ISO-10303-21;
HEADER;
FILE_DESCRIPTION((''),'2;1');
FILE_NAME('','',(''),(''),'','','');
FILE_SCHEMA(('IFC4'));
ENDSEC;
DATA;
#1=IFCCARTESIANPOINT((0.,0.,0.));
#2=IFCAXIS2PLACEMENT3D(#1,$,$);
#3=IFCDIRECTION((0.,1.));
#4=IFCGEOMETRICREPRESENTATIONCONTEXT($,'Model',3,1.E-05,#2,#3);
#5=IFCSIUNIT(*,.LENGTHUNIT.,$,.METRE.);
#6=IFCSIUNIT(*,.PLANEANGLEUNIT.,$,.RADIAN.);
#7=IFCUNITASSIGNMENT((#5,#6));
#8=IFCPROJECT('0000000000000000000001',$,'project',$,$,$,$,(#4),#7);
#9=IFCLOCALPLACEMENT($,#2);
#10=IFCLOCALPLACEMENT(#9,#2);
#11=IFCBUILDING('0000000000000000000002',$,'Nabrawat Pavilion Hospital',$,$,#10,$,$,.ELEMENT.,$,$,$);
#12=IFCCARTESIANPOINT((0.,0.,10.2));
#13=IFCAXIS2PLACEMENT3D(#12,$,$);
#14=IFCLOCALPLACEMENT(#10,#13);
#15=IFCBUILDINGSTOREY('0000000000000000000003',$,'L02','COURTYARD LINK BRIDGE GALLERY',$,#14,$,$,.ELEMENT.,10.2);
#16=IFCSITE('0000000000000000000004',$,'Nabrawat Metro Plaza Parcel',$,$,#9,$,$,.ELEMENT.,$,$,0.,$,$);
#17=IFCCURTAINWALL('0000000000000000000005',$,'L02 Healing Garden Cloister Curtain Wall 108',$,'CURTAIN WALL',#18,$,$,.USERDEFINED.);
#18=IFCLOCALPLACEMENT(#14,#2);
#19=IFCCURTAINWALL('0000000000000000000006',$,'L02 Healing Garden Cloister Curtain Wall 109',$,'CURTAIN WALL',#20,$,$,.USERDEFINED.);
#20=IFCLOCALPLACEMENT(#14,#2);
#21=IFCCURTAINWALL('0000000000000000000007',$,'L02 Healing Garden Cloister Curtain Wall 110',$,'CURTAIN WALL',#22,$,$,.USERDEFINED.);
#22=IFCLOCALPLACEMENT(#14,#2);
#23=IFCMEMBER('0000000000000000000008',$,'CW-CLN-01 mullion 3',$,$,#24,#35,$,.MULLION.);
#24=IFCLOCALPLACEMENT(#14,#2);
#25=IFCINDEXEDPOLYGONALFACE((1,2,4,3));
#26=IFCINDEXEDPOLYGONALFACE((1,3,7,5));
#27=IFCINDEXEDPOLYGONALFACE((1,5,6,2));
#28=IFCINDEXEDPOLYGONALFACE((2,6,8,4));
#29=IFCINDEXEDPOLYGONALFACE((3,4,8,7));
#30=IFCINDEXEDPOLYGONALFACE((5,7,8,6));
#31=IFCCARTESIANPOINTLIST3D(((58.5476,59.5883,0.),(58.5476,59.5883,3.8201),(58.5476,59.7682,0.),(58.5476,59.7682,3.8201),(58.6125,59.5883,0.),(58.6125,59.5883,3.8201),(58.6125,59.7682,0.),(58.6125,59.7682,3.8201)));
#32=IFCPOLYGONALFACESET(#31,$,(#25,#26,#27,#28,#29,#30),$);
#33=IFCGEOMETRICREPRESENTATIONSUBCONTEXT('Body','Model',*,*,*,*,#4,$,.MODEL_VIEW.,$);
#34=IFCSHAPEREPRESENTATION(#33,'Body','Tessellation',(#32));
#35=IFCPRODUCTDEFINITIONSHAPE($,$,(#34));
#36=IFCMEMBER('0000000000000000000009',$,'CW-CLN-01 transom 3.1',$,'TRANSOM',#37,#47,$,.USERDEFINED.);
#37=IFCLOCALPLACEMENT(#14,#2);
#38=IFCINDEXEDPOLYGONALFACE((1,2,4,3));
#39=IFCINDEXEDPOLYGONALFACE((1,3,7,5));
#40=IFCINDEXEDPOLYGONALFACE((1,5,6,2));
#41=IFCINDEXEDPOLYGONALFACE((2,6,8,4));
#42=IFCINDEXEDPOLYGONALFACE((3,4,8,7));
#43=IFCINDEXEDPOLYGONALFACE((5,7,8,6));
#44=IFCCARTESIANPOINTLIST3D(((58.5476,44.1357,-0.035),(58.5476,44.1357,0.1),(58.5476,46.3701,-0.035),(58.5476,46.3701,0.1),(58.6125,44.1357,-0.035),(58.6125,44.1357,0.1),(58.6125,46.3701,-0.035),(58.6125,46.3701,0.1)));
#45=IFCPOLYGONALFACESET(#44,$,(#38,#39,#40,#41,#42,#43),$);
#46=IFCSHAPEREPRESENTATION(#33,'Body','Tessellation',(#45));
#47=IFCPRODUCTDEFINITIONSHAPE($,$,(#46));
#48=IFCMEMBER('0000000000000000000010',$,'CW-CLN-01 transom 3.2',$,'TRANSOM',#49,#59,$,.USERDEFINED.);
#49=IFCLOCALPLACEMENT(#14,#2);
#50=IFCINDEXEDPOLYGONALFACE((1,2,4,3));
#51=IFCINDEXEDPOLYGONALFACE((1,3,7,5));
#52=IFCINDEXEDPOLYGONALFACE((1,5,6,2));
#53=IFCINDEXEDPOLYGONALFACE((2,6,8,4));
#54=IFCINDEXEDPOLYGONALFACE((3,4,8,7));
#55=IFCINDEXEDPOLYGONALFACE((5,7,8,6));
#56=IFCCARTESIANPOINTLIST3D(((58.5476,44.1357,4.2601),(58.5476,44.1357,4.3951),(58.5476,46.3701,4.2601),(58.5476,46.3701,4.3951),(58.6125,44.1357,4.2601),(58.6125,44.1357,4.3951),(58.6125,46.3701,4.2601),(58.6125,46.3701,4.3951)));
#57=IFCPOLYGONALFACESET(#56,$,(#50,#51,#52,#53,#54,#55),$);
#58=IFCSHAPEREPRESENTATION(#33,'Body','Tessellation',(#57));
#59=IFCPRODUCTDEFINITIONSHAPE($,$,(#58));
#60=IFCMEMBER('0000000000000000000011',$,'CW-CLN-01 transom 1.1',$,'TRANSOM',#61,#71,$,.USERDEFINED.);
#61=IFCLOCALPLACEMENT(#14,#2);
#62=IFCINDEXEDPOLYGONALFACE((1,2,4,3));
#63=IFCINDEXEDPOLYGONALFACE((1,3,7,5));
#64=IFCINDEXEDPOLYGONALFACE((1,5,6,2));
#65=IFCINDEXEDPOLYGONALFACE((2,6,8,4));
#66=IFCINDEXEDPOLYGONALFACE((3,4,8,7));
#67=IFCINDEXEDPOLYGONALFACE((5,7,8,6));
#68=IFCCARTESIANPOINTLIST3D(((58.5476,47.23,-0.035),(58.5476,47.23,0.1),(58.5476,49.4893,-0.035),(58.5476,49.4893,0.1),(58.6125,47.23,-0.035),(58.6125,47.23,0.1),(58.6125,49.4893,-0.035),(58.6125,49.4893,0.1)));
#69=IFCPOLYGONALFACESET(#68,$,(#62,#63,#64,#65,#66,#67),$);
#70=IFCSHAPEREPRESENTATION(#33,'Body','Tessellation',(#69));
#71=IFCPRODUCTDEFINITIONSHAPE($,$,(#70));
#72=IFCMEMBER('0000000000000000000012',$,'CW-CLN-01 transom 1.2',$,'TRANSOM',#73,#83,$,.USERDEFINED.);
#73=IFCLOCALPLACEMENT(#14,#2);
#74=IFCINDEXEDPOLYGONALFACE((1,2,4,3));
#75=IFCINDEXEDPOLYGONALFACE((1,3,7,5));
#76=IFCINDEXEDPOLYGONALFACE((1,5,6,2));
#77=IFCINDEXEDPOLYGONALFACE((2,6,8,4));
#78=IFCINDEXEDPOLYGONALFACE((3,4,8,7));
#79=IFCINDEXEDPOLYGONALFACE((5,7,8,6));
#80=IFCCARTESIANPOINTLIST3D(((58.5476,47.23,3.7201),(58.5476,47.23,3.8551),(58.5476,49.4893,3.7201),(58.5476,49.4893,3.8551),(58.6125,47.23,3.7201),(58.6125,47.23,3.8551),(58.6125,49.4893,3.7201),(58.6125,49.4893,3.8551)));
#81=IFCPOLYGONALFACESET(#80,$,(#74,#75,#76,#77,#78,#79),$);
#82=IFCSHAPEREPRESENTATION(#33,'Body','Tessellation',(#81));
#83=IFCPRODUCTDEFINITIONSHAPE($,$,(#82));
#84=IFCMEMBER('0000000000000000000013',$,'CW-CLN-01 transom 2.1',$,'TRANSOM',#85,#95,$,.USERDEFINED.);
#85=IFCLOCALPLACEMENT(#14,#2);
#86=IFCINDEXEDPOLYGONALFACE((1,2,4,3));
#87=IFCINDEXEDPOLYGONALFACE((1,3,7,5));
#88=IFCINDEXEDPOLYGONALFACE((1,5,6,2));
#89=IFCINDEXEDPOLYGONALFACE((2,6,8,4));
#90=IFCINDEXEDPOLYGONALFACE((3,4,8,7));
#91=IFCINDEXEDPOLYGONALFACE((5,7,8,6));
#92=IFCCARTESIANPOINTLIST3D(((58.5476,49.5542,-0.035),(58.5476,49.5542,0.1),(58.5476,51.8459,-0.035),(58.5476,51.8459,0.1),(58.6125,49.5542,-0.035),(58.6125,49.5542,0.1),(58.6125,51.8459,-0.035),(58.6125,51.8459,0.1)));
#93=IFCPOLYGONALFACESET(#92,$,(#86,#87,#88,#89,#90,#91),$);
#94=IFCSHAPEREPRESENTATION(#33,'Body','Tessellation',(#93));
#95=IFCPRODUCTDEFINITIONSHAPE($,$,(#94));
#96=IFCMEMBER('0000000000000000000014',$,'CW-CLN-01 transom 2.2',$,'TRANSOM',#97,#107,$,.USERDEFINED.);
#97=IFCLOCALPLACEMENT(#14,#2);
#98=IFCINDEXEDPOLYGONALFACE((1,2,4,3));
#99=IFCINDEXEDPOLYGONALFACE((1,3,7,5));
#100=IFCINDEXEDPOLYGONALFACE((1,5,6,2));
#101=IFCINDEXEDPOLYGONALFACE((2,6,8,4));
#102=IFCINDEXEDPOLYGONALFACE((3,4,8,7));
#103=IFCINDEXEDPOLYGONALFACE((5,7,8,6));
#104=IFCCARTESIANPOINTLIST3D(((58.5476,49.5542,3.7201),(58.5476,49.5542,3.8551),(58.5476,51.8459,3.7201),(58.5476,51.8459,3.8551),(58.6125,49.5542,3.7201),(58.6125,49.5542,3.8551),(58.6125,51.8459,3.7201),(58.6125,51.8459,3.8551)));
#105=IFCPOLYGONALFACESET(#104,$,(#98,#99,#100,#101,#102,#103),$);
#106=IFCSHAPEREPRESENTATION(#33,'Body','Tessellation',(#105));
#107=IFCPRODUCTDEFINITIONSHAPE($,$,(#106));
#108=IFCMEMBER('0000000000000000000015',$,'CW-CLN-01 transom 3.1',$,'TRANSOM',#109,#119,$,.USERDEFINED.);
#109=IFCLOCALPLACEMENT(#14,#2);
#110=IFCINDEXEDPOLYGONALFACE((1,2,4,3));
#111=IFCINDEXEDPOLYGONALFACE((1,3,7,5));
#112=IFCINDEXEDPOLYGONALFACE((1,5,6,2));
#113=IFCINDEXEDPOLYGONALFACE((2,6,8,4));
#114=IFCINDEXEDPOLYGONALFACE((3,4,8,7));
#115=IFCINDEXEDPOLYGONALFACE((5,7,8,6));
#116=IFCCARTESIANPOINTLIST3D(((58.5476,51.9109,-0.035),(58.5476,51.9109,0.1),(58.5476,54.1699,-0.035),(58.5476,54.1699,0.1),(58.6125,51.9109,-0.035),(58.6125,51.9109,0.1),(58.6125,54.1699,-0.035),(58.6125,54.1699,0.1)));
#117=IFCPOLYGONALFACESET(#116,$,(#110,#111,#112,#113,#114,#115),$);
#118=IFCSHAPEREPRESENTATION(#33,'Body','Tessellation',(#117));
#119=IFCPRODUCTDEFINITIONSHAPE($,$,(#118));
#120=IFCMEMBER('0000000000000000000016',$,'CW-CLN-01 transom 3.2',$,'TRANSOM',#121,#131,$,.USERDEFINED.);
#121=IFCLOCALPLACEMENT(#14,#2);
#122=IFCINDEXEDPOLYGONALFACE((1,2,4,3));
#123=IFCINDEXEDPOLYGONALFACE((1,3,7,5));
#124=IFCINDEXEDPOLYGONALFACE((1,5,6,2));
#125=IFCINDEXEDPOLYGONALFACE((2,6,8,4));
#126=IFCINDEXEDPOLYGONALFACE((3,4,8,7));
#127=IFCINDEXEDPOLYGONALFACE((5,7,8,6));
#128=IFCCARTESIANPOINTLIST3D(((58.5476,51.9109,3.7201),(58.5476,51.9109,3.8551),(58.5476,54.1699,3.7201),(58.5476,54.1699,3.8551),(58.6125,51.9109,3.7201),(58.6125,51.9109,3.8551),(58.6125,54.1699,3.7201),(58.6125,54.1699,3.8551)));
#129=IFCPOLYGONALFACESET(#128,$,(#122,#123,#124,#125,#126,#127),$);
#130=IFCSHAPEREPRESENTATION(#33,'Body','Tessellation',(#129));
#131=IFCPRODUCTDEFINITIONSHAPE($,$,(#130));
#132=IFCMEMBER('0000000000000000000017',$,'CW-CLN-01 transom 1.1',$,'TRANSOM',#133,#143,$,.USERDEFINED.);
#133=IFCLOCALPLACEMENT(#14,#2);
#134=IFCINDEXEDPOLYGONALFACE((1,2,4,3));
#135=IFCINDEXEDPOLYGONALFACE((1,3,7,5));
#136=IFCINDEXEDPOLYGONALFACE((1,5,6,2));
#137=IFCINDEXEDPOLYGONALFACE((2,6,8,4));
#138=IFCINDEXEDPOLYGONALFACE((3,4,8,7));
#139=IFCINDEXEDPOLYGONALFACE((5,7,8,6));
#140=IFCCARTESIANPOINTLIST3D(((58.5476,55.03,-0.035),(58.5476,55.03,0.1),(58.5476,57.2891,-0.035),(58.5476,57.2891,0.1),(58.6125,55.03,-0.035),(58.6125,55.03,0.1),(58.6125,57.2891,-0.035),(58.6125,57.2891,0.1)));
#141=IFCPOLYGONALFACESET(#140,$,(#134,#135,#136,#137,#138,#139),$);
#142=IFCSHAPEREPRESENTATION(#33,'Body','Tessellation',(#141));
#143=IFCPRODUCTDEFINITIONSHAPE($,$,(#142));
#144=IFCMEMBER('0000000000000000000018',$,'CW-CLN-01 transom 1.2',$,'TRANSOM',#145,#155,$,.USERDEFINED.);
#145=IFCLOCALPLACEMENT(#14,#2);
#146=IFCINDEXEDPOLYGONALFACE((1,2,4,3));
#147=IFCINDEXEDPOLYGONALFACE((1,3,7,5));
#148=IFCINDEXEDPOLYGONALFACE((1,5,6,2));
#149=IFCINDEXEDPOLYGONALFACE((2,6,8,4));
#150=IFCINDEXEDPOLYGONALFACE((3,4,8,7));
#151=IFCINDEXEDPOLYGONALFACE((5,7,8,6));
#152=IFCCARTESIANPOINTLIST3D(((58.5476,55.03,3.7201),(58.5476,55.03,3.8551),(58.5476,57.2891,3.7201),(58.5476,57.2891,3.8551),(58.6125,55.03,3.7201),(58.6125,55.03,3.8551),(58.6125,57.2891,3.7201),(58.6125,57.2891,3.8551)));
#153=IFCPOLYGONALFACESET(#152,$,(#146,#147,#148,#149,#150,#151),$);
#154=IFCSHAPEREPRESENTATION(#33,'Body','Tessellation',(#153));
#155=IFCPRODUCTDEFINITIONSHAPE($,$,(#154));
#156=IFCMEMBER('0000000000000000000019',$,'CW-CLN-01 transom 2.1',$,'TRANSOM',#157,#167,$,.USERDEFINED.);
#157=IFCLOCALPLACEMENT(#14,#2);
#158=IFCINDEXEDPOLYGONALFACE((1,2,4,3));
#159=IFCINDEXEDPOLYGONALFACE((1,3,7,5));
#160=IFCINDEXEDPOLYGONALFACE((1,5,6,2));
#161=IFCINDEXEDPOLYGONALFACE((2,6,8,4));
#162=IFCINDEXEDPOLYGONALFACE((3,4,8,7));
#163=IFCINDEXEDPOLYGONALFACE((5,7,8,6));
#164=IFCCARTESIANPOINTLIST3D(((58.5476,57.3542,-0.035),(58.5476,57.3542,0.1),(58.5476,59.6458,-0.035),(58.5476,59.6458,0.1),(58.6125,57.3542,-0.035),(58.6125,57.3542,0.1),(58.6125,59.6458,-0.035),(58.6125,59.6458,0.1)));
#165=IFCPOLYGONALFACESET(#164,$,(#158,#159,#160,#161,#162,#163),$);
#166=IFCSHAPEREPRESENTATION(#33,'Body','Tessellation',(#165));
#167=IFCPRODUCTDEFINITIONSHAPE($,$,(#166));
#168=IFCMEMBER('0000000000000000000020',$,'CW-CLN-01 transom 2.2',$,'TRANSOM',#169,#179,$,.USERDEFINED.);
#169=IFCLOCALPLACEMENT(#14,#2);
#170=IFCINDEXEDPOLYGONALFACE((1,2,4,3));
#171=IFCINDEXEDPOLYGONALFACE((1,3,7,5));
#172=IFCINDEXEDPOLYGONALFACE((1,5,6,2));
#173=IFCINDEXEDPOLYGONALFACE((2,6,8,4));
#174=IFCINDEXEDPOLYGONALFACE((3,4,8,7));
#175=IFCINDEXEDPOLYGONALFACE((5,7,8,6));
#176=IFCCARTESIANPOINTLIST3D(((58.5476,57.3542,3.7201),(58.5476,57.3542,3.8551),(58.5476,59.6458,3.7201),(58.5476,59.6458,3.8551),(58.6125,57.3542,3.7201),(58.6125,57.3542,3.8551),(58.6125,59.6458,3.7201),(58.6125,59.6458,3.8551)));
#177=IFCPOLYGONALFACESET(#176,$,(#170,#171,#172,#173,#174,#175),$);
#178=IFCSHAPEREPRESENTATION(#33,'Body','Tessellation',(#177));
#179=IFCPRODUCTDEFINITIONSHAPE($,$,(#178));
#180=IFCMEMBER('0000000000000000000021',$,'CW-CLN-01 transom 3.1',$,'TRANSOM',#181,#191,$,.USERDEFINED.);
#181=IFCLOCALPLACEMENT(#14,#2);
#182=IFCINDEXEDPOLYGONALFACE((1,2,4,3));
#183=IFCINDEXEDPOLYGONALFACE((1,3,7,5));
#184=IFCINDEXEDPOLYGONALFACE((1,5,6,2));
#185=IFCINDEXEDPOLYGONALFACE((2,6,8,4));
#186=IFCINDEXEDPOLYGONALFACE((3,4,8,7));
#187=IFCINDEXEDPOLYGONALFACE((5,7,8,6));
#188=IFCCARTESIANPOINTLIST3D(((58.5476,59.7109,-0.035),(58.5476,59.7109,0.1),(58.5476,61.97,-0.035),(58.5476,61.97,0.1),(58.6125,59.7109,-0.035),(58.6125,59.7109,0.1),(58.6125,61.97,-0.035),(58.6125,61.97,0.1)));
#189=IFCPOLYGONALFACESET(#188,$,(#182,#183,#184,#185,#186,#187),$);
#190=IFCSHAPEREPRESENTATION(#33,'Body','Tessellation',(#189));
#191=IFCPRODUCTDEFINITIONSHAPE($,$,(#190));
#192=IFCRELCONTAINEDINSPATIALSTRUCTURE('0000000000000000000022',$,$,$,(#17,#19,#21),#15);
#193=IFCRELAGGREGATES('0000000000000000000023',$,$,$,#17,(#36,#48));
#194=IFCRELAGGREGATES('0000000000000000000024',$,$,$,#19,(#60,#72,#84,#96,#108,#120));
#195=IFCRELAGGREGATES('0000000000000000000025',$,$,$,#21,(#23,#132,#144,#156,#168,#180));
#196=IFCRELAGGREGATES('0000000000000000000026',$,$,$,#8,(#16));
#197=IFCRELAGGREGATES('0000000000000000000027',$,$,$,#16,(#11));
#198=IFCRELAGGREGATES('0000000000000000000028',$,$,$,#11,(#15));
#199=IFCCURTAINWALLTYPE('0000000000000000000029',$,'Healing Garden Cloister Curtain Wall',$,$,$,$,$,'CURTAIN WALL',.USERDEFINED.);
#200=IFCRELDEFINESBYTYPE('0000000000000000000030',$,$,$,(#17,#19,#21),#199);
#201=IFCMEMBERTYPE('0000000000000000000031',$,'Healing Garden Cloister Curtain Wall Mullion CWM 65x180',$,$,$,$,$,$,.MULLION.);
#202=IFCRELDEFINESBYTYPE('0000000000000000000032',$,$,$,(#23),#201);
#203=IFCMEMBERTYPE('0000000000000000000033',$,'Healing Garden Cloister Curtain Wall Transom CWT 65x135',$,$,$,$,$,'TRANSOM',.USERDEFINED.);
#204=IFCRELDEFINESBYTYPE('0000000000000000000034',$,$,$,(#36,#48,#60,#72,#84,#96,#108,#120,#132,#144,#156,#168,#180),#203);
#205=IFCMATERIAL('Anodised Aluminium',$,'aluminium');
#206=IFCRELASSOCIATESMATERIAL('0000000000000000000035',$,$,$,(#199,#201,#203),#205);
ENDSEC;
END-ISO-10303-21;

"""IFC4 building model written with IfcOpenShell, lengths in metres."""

from ifc_helpers import new_model, si_unit, direction, frame, origin, origin_2d, place, context, subcontext, project, spatial, rectangle, extrude, material, material_profile, profile_set, type_object, element, aggregate, save


model = new_model("IFC4")

# Units and contexts
model_context = context("Model", 3, precision=1e-05, world=origin(), true_north=direction((0.0, 1.0)))
body_context = subcontext(model_context, "Body", "Model", "MODEL_VIEW")
ifc_project = project(units=[si_unit("LENGTHUNIT", "METRE"), si_unit("PLANEANGLEUNIT", "RADIAN")], contexts=[model_context])

# Site, building, storey
site_placement = place(None, origin())
site = spatial("IfcSite", under=ifc_project, at=site_placement, Name="Nabrawat Metro Plaza Parcel", CompositionType="ELEMENT", RefElevation=0.0)
building_placement = place(site_placement, origin())
building = spatial("IfcBuilding", under=site, at=building_placement, Name="Nabrawat Pavilion Hospital", CompositionType="ELEMENT")
storey_placement = place(building_placement, frame((0.0, 0.0, 10.2)))
storey = spatial("IfcBuildingStorey", under=building, at=storey_placement, Name="L02", Description="COURTYARD LINK BRIDGE GALLERY", CompositionType="ELEMENT", Elevation=10.2)

# Curtain walls, member
ifc_material_1 = material(Name="Anodised Aluminium", Category="aluminium")
curtain_wall_type = type_object("IfcCurtainWallType", Name="Healing Garden Cloister Curtain Wall", ElementType="CURTAIN WALL", PredefinedType="USERDEFINED", material=ifc_material_1)
curtain_wall_1_placement = place(storey_placement, origin())
curtain_wall_1 = element("IfcCurtainWall", 1, at=curtain_wall_1_placement, inside=storey, type_object=curtain_wall_type, Name="L02 Healing Garden Cloister Curtain Wall 108", ObjectType="CURTAIN WALL", PredefinedType="USERDEFINED")
ifc_material_profile_1 = material_profile(ifc_material_1, rectangle(XDim=0.0649, YDim=0.1799, at=origin_2d()), Name="CWM 65x180")
ifc_profile_set_1 = profile_set([ifc_material_profile_1], Name="Anodised Aluminium")
member_type_1 = type_object("IfcMemberType", Name="Healing Garden Cloister Curtain Wall Mullion CWM 65x180", PredefinedType="MULLION", material=ifc_profile_set_1)
curtain_wall_2_placement = place(storey_placement, origin())
curtain_wall_2 = element("IfcCurtainWall", 2, at=curtain_wall_2_placement, inside=storey, type_object=curtain_wall_type, Name="L02 Healing Garden Cloister Curtain Wall 109", ObjectType="CURTAIN WALL", PredefinedType="USERDEFINED")
curtain_wall_3_placement = place(storey_placement, origin())
curtain_wall_3 = element("IfcCurtainWall", 3, at=curtain_wall_3_placement, inside=storey, type_object=curtain_wall_type, Name="L02 Healing Garden Cloister Curtain Wall 110", ObjectType="CURTAIN WALL", PredefinedType="USERDEFINED")
member_1_placement = place(storey_placement, frame((58.5801, 59.6782, 0.0), z_axis=(0.0, 0.0, 1.0), x_axis=(-1.0, 0.0, 0.0)))
member_1 = element("IfcMember", 4, at=member_1_placement, type_object=member_type_1, Name="CW-CLN-01 mullion 3", PredefinedType="MULLION", context=body_context, shape_type="SweptSolid", body=[
    extrude(rectangle(XDim=0.0649, YDim=0.1799, at=origin_2d()), origin(), (0.0, 0.0, 1.0), 3.8201),
])

# Members
ifc_material_profile_2 = material_profile(ifc_material_1, rectangle(XDim=0.0649, YDim=0.135, at=origin_2d()), Name="CWT 65x135")
ifc_profile_set_2 = profile_set([ifc_material_profile_2], Name="Anodised Aluminium")
member_type_2 = type_object("IfcMemberType", Name="Healing Garden Cloister Curtain Wall Transom CWT 65x135", ElementType="TRANSOM", PredefinedType="USERDEFINED", material=ifc_profile_set_2)
member_2_placement = place(storey_placement, frame((58.5801, 44.1357, 0.0325), z_axis=(0.0, 1.0, 0.0), x_axis=(-1.0, 0.0, 0.0)))
member_2 = element("IfcMember", 5, at=member_2_placement, type_object=member_type_2, Name="CW-CLN-01 transom 3.1", ObjectType="TRANSOM", PredefinedType="USERDEFINED", context=body_context, shape_type="SweptSolid", body=[
    extrude(rectangle(XDim=0.0649, YDim=0.135, at=origin_2d()), origin(), (0.0, 0.0, 1.0), 2.2344),
])
member_3_placement = place(storey_placement, frame((58.5801, 44.1357, 4.3276), z_axis=(0.0, 1.0, 0.0), x_axis=(-1.0, 0.0, 0.0)))
member_3 = element("IfcMember", 6, at=member_3_placement, type_object=member_type_2, Name="CW-CLN-01 transom 3.2", ObjectType="TRANSOM", PredefinedType="USERDEFINED", context=body_context, shape_type="SweptSolid", body=[
    extrude(rectangle(XDim=0.0649, YDim=0.135, at=origin_2d()), origin(), (0.0, 0.0, 1.0), 2.2344),
])
member_4_placement = place(storey_placement, frame((58.5801, 47.23, 0.0325), z_axis=(0.0, 1.0, 0.0), x_axis=(-1.0, 0.0, 0.0)))
member_4 = element("IfcMember", 7, at=member_4_placement, type_object=member_type_2, Name="CW-CLN-01 transom 1.1", ObjectType="TRANSOM", PredefinedType="USERDEFINED", context=body_context, shape_type="SweptSolid", body=[
    extrude(rectangle(XDim=0.0649, YDim=0.135, at=origin_2d()), origin(), (0.0, 0.0, 1.0), 2.2593),
])
member_5_placement = place(storey_placement, frame((58.5801, 47.23, 3.7876), z_axis=(0.0, 1.0, 0.0), x_axis=(-1.0, 0.0, 0.0)))
member_5 = element("IfcMember", 8, at=member_5_placement, type_object=member_type_2, Name="CW-CLN-01 transom 1.2", ObjectType="TRANSOM", PredefinedType="USERDEFINED", context=body_context, shape_type="SweptSolid", body=[
    extrude(rectangle(XDim=0.0649, YDim=0.135, at=origin_2d()), origin(), (0.0, 0.0, 1.0), 2.2593),
])
member_6_placement = place(storey_placement, frame((58.5801, 49.5542, 0.0325), z_axis=(0.0, 1.0, 0.0), x_axis=(-1.0, 0.0, 0.0)))
member_6 = element("IfcMember", 9, at=member_6_placement, type_object=member_type_2, Name="CW-CLN-01 transom 2.1", ObjectType="TRANSOM", PredefinedType="USERDEFINED", context=body_context, shape_type="SweptSolid", body=[
    extrude(rectangle(XDim=0.0649, YDim=0.135, at=origin_2d()), origin(), (0.0, 0.0, 1.0), 2.2917),
])
member_7_placement = place(storey_placement, frame((58.5801, 49.5542, 3.7876), z_axis=(0.0, 1.0, 0.0), x_axis=(-1.0, 0.0, 0.0)))
member_7 = element("IfcMember", 10, at=member_7_placement, type_object=member_type_2, Name="CW-CLN-01 transom 2.2", ObjectType="TRANSOM", PredefinedType="USERDEFINED", context=body_context, shape_type="SweptSolid", body=[
    extrude(rectangle(XDim=0.0649, YDim=0.135, at=origin_2d()), origin(), (0.0, 0.0, 1.0), 2.2917),
])
member_8_placement = place(storey_placement, frame((58.5801, 51.9109, 0.0325), z_axis=(0.0, 1.0, 0.0), x_axis=(-1.0, 0.0, 0.0)))
member_8 = element("IfcMember", 11, at=member_8_placement, type_object=member_type_2, Name="CW-CLN-01 transom 3.1", ObjectType="TRANSOM", PredefinedType="USERDEFINED", context=body_context, shape_type="SweptSolid", body=[
    extrude(rectangle(XDim=0.0649, YDim=0.135, at=origin_2d()), origin(), (0.0, 0.0, 1.0), 2.259),
])
member_9_placement = place(storey_placement, frame((58.5801, 51.9109, 3.7876), z_axis=(0.0, 1.0, 0.0), x_axis=(-1.0, 0.0, 0.0)))
member_9 = element("IfcMember", 12, at=member_9_placement, type_object=member_type_2, Name="CW-CLN-01 transom 3.2", ObjectType="TRANSOM", PredefinedType="USERDEFINED", context=body_context, shape_type="SweptSolid", body=[
    extrude(rectangle(XDim=0.0649, YDim=0.135, at=origin_2d()), origin(), (0.0, 0.0, 1.0), 2.259),
])
member_10_placement = place(storey_placement, frame((58.5801, 55.03, 0.0325), z_axis=(0.0, 1.0, 0.0), x_axis=(-1.0, 0.0, 0.0)))
member_10 = element("IfcMember", 13, at=member_10_placement, type_object=member_type_2, Name="CW-CLN-01 transom 1.1", ObjectType="TRANSOM", PredefinedType="USERDEFINED", context=body_context, shape_type="SweptSolid", body=[
    extrude(rectangle(XDim=0.0649, YDim=0.135, at=origin_2d()), origin(), (0.0, 0.0, 1.0), 2.259),
])
member_11_placement = place(storey_placement, frame((58.5801, 55.03, 3.7876), z_axis=(0.0, 1.0, 0.0), x_axis=(-1.0, 0.0, 0.0)))
member_11 = element("IfcMember", 14, at=member_11_placement, type_object=member_type_2, Name="CW-CLN-01 transom 1.2", ObjectType="TRANSOM", PredefinedType="USERDEFINED", context=body_context, shape_type="SweptSolid", body=[
    extrude(rectangle(XDim=0.0649, YDim=0.135, at=origin_2d()), origin(), (0.0, 0.0, 1.0), 2.259),
])
member_12_placement = place(storey_placement, frame((58.5801, 57.3542, 0.0325), z_axis=(0.0, 1.0, 0.0), x_axis=(-1.0, 0.0, 0.0)))
member_12 = element("IfcMember", 15, at=member_12_placement, type_object=member_type_2, Name="CW-CLN-01 transom 2.1", ObjectType="TRANSOM", PredefinedType="USERDEFINED", context=body_context, shape_type="SweptSolid", body=[
    extrude(rectangle(XDim=0.0649, YDim=0.135, at=origin_2d()), origin(), (0.0, 0.0, 1.0), 2.2915),
])
member_13_placement = place(storey_placement, frame((58.5801, 57.3542, 3.7876), z_axis=(0.0, 1.0, 0.0), x_axis=(-1.0, 0.0, 0.0)))
member_13 = element("IfcMember", 16, at=member_13_placement, type_object=member_type_2, Name="CW-CLN-01 transom 2.2", ObjectType="TRANSOM", PredefinedType="USERDEFINED", context=body_context, shape_type="SweptSolid", body=[
    extrude(rectangle(XDim=0.0649, YDim=0.135, at=origin_2d()), origin(), (0.0, 0.0, 1.0), 2.2915),
])
member_14_placement = place(storey_placement, frame((58.5801, 59.7109, 0.0325), z_axis=(0.0, 1.0, 0.0), x_axis=(-1.0, 0.0, 0.0)))
member_14 = element("IfcMember", 17, at=member_14_placement, type_object=member_type_2, Name="CW-CLN-01 transom 3.1", ObjectType="TRANSOM", PredefinedType="USERDEFINED", context=body_context, shape_type="SweptSolid", body=[
    extrude(rectangle(XDim=0.0649, YDim=0.135, at=origin_2d()), origin(), (0.0, 0.0, 1.0), 2.259),
])

aggregate(curtain_wall_1, [member_2, member_3])
aggregate(curtain_wall_2, [member_4, member_5, member_6, member_7, member_8, member_9])
aggregate(curtain_wall_3, [member_1, member_10, member_11, member_12, member_13, member_14])

save(model, "model.ifc")
